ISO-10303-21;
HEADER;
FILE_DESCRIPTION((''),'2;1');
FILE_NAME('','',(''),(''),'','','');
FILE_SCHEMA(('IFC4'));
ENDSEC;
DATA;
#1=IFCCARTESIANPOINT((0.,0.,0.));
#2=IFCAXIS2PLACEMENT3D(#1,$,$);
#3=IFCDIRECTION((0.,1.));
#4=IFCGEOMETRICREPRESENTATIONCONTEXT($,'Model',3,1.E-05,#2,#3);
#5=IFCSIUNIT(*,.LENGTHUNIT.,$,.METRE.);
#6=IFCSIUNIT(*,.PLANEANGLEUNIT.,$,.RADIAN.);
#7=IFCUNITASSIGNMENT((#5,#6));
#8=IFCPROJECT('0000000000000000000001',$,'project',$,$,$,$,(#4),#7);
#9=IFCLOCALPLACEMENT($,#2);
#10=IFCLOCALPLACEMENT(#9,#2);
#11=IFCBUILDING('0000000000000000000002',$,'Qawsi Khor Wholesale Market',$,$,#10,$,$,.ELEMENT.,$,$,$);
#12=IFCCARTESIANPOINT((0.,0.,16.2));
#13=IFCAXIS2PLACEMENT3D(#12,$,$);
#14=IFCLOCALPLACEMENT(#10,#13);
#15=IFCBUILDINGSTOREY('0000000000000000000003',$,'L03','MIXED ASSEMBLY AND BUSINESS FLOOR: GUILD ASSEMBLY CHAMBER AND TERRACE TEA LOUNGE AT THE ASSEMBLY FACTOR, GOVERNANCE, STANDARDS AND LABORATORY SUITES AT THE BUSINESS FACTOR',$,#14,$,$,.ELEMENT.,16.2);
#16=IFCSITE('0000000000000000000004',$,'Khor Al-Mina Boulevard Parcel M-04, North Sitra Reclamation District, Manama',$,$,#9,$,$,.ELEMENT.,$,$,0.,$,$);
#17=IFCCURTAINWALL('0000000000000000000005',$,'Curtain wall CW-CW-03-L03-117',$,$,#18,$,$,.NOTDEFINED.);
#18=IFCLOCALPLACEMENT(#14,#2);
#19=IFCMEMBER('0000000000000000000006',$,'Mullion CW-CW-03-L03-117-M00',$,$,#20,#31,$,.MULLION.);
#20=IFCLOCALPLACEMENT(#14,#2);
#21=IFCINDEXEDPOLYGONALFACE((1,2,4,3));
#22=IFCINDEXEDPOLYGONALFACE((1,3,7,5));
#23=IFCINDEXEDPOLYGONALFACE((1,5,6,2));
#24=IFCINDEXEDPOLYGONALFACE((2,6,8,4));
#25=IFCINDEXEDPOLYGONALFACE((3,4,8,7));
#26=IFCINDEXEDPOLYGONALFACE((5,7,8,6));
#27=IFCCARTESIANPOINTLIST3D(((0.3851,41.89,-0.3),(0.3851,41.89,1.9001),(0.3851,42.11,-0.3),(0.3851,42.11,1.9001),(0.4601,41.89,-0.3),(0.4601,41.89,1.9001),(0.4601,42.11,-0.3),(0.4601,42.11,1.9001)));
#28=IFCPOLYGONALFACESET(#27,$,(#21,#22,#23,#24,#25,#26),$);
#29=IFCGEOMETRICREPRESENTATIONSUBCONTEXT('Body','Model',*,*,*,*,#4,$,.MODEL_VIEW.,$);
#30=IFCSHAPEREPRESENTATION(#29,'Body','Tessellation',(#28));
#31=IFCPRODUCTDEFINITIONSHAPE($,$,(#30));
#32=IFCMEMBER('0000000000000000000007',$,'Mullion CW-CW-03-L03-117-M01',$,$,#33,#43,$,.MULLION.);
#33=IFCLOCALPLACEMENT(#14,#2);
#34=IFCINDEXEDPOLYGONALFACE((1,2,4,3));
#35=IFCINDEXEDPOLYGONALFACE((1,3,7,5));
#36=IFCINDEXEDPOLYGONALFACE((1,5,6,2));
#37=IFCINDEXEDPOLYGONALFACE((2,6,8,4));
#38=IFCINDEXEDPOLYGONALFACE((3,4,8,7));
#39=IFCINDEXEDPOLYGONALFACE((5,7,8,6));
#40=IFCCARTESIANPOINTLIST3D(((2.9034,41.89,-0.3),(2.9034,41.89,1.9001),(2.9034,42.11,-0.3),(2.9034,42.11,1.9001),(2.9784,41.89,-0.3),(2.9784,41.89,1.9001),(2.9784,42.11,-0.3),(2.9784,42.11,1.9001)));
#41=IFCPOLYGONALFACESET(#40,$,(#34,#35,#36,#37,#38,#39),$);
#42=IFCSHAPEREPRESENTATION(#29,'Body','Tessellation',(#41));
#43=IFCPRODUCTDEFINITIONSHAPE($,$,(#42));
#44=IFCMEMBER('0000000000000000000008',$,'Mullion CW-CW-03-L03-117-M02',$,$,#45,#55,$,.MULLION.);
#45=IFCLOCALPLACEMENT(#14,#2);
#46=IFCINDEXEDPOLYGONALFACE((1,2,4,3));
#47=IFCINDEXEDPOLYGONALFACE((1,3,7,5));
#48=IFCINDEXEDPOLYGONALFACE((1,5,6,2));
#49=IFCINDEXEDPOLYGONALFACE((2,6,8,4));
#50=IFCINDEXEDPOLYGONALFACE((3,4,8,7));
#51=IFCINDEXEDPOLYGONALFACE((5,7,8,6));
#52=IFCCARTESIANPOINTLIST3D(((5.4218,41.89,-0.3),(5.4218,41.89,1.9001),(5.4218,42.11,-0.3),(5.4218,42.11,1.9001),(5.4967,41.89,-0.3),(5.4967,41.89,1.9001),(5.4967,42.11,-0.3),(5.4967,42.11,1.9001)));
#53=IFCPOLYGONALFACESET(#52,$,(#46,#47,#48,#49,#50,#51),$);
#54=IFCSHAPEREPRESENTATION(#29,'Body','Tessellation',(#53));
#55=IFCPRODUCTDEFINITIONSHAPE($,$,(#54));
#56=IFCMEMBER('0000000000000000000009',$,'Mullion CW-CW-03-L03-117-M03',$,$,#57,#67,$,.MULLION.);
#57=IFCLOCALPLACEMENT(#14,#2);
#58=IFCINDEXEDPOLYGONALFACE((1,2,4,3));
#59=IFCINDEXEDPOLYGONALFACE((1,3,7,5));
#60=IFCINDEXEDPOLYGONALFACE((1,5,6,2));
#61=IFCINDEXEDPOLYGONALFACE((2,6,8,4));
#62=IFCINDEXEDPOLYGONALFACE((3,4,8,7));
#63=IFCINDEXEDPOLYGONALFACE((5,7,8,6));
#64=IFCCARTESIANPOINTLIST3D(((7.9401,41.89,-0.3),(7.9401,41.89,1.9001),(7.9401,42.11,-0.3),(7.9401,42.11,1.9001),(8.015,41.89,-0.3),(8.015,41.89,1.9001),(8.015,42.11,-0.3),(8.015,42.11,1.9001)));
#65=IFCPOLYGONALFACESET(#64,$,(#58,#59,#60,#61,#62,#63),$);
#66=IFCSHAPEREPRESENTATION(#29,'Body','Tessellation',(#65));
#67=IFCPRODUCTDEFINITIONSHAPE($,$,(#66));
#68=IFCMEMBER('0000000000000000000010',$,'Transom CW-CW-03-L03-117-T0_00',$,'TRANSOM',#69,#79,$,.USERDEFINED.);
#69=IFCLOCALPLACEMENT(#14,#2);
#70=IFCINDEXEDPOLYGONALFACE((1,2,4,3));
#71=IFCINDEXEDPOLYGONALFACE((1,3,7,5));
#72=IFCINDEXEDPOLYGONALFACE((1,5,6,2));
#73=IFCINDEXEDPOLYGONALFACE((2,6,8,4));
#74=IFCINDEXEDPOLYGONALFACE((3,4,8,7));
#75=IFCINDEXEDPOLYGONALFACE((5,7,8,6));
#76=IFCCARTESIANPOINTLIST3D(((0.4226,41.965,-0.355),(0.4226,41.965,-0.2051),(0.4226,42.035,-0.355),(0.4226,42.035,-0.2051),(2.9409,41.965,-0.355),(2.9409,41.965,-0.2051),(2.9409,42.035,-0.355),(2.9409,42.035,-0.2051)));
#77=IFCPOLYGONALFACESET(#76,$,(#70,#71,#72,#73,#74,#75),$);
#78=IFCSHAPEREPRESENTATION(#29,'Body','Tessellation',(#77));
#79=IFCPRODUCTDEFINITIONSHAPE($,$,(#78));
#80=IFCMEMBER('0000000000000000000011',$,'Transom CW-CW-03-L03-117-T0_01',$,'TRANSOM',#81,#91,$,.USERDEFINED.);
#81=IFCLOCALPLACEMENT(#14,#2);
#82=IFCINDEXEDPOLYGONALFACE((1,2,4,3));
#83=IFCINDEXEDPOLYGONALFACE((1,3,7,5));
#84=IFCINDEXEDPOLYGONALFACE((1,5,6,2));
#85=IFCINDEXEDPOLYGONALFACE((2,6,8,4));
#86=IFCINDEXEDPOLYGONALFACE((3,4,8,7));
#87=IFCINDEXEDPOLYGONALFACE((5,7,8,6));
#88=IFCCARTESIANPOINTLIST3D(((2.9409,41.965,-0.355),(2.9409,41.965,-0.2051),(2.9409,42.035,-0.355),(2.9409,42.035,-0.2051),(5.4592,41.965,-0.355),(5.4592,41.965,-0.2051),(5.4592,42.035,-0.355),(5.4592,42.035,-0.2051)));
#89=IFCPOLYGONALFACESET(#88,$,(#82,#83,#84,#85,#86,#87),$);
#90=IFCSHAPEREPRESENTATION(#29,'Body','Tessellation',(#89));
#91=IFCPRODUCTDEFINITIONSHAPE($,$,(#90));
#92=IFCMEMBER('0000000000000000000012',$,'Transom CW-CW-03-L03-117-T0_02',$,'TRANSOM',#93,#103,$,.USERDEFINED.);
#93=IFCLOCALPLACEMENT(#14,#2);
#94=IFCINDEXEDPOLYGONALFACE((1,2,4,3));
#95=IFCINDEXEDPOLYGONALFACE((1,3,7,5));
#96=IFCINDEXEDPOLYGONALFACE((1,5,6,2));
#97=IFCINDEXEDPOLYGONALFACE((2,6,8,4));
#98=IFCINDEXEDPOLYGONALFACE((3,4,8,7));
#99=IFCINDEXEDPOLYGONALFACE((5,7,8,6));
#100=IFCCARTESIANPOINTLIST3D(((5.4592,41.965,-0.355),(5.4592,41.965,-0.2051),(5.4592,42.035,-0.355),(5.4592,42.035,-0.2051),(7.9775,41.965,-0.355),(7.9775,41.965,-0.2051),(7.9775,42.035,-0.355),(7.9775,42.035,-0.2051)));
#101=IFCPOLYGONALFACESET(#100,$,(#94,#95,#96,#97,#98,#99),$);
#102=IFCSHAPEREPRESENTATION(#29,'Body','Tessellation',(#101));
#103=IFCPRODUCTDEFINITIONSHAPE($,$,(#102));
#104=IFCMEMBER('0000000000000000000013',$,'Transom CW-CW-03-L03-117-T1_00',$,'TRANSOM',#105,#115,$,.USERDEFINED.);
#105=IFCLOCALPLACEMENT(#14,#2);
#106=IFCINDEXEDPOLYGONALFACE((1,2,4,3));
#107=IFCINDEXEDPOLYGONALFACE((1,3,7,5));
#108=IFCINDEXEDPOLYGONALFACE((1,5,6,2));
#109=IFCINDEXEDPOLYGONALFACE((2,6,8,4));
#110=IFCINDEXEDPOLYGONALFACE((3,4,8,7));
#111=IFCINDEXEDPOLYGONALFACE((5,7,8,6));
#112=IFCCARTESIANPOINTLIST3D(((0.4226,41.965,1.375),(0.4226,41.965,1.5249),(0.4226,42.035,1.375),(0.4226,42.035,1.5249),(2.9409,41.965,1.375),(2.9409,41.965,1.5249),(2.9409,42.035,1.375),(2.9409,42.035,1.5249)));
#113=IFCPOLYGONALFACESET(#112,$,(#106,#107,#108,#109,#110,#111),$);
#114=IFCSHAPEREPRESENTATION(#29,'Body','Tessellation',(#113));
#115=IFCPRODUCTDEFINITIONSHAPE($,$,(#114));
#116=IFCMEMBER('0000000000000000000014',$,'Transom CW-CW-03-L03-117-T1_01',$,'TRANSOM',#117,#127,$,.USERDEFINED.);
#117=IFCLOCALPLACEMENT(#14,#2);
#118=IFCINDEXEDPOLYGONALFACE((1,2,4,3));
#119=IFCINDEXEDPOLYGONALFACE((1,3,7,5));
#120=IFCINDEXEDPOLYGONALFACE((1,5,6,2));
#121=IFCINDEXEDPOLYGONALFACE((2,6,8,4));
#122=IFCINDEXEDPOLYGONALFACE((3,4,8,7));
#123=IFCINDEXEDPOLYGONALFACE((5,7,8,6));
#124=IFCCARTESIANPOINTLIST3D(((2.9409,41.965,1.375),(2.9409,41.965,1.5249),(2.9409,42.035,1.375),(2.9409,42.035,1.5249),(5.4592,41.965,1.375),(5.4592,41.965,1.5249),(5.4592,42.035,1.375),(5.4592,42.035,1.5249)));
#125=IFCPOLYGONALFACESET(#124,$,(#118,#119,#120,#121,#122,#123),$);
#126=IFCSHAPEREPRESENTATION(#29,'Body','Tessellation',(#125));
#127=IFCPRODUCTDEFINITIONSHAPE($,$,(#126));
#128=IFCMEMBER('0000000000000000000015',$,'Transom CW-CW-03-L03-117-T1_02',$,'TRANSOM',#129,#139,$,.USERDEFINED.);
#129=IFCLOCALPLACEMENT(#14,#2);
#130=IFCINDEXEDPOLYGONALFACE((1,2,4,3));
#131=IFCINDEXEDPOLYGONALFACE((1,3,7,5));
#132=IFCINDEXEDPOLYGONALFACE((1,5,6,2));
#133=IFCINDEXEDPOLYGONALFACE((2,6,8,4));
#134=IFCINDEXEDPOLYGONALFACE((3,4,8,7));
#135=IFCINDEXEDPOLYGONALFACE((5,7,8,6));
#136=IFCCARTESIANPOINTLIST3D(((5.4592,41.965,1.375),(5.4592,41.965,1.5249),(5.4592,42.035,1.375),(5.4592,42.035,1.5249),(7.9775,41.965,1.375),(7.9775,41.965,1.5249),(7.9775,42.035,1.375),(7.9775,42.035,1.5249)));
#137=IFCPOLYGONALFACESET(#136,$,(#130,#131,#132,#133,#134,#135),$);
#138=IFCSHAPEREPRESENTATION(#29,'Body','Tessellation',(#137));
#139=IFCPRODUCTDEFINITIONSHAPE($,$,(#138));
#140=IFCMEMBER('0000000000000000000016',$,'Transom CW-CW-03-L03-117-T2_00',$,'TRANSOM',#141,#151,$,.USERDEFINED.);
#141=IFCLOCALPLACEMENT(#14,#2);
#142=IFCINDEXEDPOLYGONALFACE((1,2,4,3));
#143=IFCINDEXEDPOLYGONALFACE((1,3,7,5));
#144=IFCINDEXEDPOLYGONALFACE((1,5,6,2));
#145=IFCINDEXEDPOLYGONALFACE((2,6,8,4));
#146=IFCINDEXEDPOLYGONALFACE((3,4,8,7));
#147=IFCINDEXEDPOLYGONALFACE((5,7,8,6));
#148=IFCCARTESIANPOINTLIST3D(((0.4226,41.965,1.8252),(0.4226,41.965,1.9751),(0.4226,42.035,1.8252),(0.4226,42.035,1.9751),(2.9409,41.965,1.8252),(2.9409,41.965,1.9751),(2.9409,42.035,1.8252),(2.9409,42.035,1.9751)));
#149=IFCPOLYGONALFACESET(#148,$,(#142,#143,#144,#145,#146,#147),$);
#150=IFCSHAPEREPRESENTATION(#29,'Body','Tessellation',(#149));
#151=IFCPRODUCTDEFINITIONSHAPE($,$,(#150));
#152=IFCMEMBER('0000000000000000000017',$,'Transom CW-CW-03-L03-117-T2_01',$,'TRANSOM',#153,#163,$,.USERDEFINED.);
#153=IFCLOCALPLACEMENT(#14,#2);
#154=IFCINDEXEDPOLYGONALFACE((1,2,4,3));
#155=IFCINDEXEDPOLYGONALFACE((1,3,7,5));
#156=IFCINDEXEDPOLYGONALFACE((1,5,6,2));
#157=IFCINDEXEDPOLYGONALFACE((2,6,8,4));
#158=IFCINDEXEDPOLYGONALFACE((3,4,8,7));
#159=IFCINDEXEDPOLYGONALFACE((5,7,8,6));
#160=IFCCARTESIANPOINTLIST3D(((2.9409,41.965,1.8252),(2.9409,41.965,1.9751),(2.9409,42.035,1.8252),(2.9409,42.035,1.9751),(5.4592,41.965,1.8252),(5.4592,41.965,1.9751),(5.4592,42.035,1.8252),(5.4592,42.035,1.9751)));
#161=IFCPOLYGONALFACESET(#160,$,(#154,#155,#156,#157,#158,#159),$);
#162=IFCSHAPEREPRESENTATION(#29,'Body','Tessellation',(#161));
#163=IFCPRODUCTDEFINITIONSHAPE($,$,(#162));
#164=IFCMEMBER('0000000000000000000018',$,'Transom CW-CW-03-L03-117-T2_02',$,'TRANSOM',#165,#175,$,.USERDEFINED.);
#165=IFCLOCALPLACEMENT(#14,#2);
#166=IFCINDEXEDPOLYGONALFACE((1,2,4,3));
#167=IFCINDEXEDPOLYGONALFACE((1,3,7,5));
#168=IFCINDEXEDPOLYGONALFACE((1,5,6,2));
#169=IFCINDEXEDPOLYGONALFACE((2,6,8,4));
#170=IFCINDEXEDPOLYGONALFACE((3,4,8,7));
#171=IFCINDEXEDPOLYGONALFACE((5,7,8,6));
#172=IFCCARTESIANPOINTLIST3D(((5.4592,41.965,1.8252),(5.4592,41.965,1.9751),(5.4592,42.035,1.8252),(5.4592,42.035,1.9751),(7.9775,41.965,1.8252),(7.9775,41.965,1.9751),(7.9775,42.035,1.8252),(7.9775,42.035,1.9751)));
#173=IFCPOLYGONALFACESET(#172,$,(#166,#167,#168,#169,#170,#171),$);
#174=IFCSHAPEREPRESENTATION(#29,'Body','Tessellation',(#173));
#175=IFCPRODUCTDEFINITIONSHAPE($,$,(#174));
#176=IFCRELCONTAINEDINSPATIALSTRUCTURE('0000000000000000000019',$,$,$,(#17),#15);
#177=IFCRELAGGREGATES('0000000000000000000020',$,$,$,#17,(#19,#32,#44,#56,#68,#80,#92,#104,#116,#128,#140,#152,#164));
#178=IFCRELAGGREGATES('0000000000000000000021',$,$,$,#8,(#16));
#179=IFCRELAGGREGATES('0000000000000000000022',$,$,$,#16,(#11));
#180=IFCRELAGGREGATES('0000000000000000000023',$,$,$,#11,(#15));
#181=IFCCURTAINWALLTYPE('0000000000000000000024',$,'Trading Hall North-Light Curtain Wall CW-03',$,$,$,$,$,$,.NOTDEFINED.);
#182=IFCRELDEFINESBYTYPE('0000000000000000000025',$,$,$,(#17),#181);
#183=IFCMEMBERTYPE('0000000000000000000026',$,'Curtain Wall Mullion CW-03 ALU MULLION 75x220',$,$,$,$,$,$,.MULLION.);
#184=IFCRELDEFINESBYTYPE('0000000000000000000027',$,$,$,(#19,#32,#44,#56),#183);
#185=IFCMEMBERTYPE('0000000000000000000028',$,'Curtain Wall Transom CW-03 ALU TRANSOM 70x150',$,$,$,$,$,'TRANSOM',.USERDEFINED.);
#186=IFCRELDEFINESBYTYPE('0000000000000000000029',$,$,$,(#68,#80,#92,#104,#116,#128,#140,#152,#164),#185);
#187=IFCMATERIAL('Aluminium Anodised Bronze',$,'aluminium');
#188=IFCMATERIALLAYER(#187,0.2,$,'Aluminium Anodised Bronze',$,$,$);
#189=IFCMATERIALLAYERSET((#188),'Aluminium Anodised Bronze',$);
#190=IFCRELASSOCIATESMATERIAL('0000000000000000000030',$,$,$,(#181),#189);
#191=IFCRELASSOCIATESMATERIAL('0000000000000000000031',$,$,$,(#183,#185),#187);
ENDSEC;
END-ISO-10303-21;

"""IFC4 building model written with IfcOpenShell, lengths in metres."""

from ifc_helpers import new_model, si_unit, direction, frame, origin, origin_2d, place, context, subcontext, project, spatial, rectangle, extrude, material, layer, layer_set, material_profile, profile_set, type_object, element, aggregate, save


model = new_model("IFC4")

# Units and contexts
model_context = context("Model", 3, precision=1e-05, world=origin(), true_north=direction((0.0, 1.0)))
body_context = subcontext(model_context, "Body", "Model", "MODEL_VIEW")
ifc_project = project(units=[si_unit("LENGTHUNIT", "METRE"), si_unit("PLANEANGLEUNIT", "RADIAN")], contexts=[model_context])

# Site, building, storey
site_placement = place(None, origin())
site = spatial("IfcSite", under=ifc_project, at=site_placement, Name="Khor Al-Mina Boulevard Parcel M-04, North Sitra Reclamation District, Manama", CompositionType="ELEMENT", RefElevation=0.0)
building_placement = place(site_placement, origin())
building = spatial("IfcBuilding", under=site, at=building_placement, Name="Qawsi Khor Wholesale Market", CompositionType="ELEMENT")
storey_placement = place(building_placement, frame((0.0, 0.0, 16.2)))
storey = spatial("IfcBuildingStorey", under=building, at=storey_placement, Name="L03", Description="MIXED ASSEMBLY AND BUSINESS FLOOR: GUILD ASSEMBLY CHAMBER AND TERRACE TEA LOUNGE AT THE ASSEMBLY FACTOR, GOVERNANCE, STANDARDS AND LABORATORY SUITES AT THE BUSINESS FACTOR", CompositionType="ELEMENT", Elevation=16.2)

# Curtain wall, members
ifc_material_1 = material(Name="Aluminium Anodised Bronze", Category="aluminium")
ifc_layer_1 = layer(ifc_material_1, 0.2, Name="Aluminium Anodised Bronze")
ifc_layer_set_1 = layer_set([ifc_layer_1], Name="Aluminium Anodised Bronze")
curtain_wall_type = type_object("IfcCurtainWallType", Name="Trading Hall North-Light Curtain Wall CW-03", PredefinedType="NOTDEFINED", material=ifc_layer_set_1)
curtain_wall_placement = place(storey_placement, origin())
curtain_wall = element("IfcCurtainWall", 1, at=curtain_wall_placement, inside=storey, type_object=curtain_wall_type, Name="Curtain wall CW-CW-03-L03-117", PredefinedType="NOTDEFINED")
ifc_material_profile_1 = material_profile(ifc_material_1, rectangle(XDim=0.075, YDim=0.22, at=origin_2d()), Name="ALU MULLION 75x220")
ifc_profile_set_1 = profile_set([ifc_material_profile_1], Name="Aluminium Anodised Bronze")
member_type_1 = type_object("IfcMemberType", Name="Curtain Wall Mullion CW-03 ALU MULLION 75x220", PredefinedType="MULLION", material=ifc_profile_set_1)
member_1_placement = place(storey_placement, frame((0.4226, 42.0, -0.3), z_axis=(0.0, 0.0, 1.0), x_axis=(1.0, 0.0, 0.0)))
member_1 = element("IfcMember", 2, at=member_1_placement, type_object=member_type_1, Name="Mullion CW-CW-03-L03-117-M00", PredefinedType="MULLION", context=body_context, shape_type="SweptSolid", body=[
    extrude(rectangle(XDim=0.075, YDim=0.22, at=origin_2d()), origin(), (0.0, 0.0, 1.0), 2.2002),
])
member_2_placement = place(storey_placement, frame((2.9409, 42.0, -0.3), z_axis=(0.0, 0.0, 1.0), x_axis=(1.0, 0.0, 0.0)))
member_2 = element("IfcMember", 3, at=member_2_placement, type_object=member_type_1, Name="Mullion CW-CW-03-L03-117-M01", PredefinedType="MULLION", context=body_context, shape_type="SweptSolid", body=[
    extrude(rectangle(XDim=0.075, YDim=0.22, at=origin_2d()), origin(), (0.0, 0.0, 1.0), 2.2002),
])
member_3_placement = place(storey_placement, frame((5.4592, 42.0, -0.3), z_axis=(0.0, 0.0, 1.0), x_axis=(1.0, 0.0, 0.0)))
member_3 = element("IfcMember", 4, at=member_3_placement, type_object=member_type_1, Name="Mullion CW-CW-03-L03-117-M02", PredefinedType="MULLION", context=body_context, shape_type="SweptSolid", body=[
    extrude(rectangle(XDim=0.075, YDim=0.22, at=origin_2d()), origin(), (0.0, 0.0, 1.0), 2.2002),
])
member_4_placement = place(storey_placement, frame((7.9775, 42.0, -0.3), z_axis=(0.0, 0.0, 1.0), x_axis=(1.0, 0.0, 0.0)))
member_4 = element("IfcMember", 5, at=member_4_placement, type_object=member_type_1, Name="Mullion CW-CW-03-L03-117-M03", PredefinedType="MULLION", context=body_context, shape_type="SweptSolid", body=[
    extrude(rectangle(XDim=0.075, YDim=0.22, at=origin_2d()), origin(), (0.0, 0.0, 1.0), 2.2002),
])
ifc_material_profile_2 = material_profile(ifc_material_1, rectangle(XDim=0.0701, YDim=0.1499, at=origin_2d()), Name="ALU TRANSOM 70x150")
ifc_profile_set_2 = profile_set([ifc_material_profile_2], Name="Aluminium Anodised Bronze")
member_type_2 = type_object("IfcMemberType", Name="Curtain Wall Transom CW-03 ALU TRANSOM 70x150", ElementType="TRANSOM", PredefinedType="USERDEFINED", material=ifc_profile_set_2)
member_5_placement = place(storey_placement, frame((0.4226, 42.0, -0.28), z_axis=(1.0, 0.0, 0.0), x_axis=(0.0, 1.0, 0.0)))
member_5 = element("IfcMember", 6, at=member_5_placement, type_object=member_type_2, Name="Transom CW-CW-03-L03-117-T0_00", ObjectType="TRANSOM", PredefinedType="USERDEFINED", context=body_context, shape_type="SweptSolid", body=[
    extrude(rectangle(XDim=0.0701, YDim=0.1499, at=origin_2d()), origin(), (0.0, 0.0, 1.0), 2.5183),
])
member_6_placement = place(storey_placement, frame((2.9409, 42.0, -0.28), z_axis=(1.0, 0.0, 0.0), x_axis=(0.0, 1.0, 0.0)))
member_6 = element("IfcMember", 7, at=member_6_placement, type_object=member_type_2, Name="Transom CW-CW-03-L03-117-T0_01", ObjectType="TRANSOM", PredefinedType="USERDEFINED", context=body_context, shape_type="SweptSolid", body=[
    extrude(rectangle(XDim=0.0701, YDim=0.1499, at=origin_2d()), origin(), (0.0, 0.0, 1.0), 2.5183),
])
member_7_placement = place(storey_placement, frame((5.4592, 42.0, -0.28), z_axis=(1.0, 0.0, 0.0), x_axis=(0.0, 1.0, 0.0)))
member_7 = element("IfcMember", 8, at=member_7_placement, type_object=member_type_2, Name="Transom CW-CW-03-L03-117-T0_02", ObjectType="TRANSOM", PredefinedType="USERDEFINED", context=body_context, shape_type="SweptSolid", body=[
    extrude(rectangle(XDim=0.0701, YDim=0.1499, at=origin_2d()), origin(), (0.0, 0.0, 1.0), 2.5183),
])
member_8_placement = place(storey_placement, frame((0.4226, 42.0, 1.45), z_axis=(1.0, 0.0, 0.0), x_axis=(0.0, 1.0, 0.0)))
member_8 = element("IfcMember", 9, at=member_8_placement, type_object=member_type_2, Name="Transom CW-CW-03-L03-117-T1_00", ObjectType="TRANSOM", PredefinedType="USERDEFINED", context=body_context, shape_type="SweptSolid", body=[
    extrude(rectangle(XDim=0.0701, YDim=0.1499, at=origin_2d()), origin(), (0.0, 0.0, 1.0), 2.5183),
])
member_9_placement = place(storey_placement, frame((2.9409, 42.0, 1.45), z_axis=(1.0, 0.0, 0.0), x_axis=(0.0, 1.0, 0.0)))
member_9 = element("IfcMember", 10, at=member_9_placement, type_object=member_type_2, Name="Transom CW-CW-03-L03-117-T1_01", ObjectType="TRANSOM", PredefinedType="USERDEFINED", context=body_context, shape_type="SweptSolid", body=[
    extrude(rectangle(XDim=0.0701, YDim=0.1499, at=origin_2d()), origin(), (0.0, 0.0, 1.0), 2.5183),
])
member_10_placement = place(storey_placement, frame((5.4592, 42.0, 1.45), z_axis=(1.0, 0.0, 0.0), x_axis=(0.0, 1.0, 0.0)))
member_10 = element("IfcMember", 11, at=member_10_placement, type_object=member_type_2, Name="Transom CW-CW-03-L03-117-T1_02", ObjectType="TRANSOM", PredefinedType="USERDEFINED", context=body_context, shape_type="SweptSolid", body=[
    extrude(rectangle(XDim=0.0701, YDim=0.1499, at=origin_2d()), origin(), (0.0, 0.0, 1.0), 2.5183),
])
member_11_placement = place(storey_placement, frame((0.4226, 42.0, 1.9001), z_axis=(1.0, 0.0, 0.0), x_axis=(0.0, 1.0, 0.0)))
member_11 = element("IfcMember", 12, at=member_11_placement, type_object=member_type_2, Name="Transom CW-CW-03-L03-117-T2_00", ObjectType="TRANSOM", PredefinedType="USERDEFINED", context=body_context, shape_type="SweptSolid", body=[
    extrude(rectangle(XDim=0.0701, YDim=0.1499, at=origin_2d()), origin(), (0.0, 0.0, 1.0), 2.5183),
])
member_12_placement = place(storey_placement, frame((2.9409, 42.0, 1.9001), z_axis=(1.0, 0.0, 0.0), x_axis=(0.0, 1.0, 0.0)))
member_12 = element("IfcMember", 13, at=member_12_placement, type_object=member_type_2, Name="Transom CW-CW-03-L03-117-T2_01", ObjectType="TRANSOM", PredefinedType="USERDEFINED", context=body_context, shape_type="SweptSolid", body=[
    extrude(rectangle(XDim=0.0701, YDim=0.1499, at=origin_2d()), origin(), (0.0, 0.0, 1.0), 2.5183),
])
member_13_placement = place(storey_placement, frame((5.4592, 42.0, 1.9001), z_axis=(1.0, 0.0, 0.0), x_axis=(0.0, 1.0, 0.0)))
member_13 = element("IfcMember", 14, at=member_13_placement, type_object=member_type_2, Name="Transom CW-CW-03-L03-117-T2_02", ObjectType="TRANSOM", PredefinedType="USERDEFINED", context=body_context, shape_type="SweptSolid", body=[
    extrude(rectangle(XDim=0.0701, YDim=0.1499, at=origin_2d()), origin(), (0.0, 0.0, 1.0), 2.5183),
])

aggregate(curtain_wall, [member_1, member_2, member_3, member_4, member_5, member_6, member_7, member_8, member_9, member_10, member_11, member_12, member_13])

save(model, "model.ifc")
